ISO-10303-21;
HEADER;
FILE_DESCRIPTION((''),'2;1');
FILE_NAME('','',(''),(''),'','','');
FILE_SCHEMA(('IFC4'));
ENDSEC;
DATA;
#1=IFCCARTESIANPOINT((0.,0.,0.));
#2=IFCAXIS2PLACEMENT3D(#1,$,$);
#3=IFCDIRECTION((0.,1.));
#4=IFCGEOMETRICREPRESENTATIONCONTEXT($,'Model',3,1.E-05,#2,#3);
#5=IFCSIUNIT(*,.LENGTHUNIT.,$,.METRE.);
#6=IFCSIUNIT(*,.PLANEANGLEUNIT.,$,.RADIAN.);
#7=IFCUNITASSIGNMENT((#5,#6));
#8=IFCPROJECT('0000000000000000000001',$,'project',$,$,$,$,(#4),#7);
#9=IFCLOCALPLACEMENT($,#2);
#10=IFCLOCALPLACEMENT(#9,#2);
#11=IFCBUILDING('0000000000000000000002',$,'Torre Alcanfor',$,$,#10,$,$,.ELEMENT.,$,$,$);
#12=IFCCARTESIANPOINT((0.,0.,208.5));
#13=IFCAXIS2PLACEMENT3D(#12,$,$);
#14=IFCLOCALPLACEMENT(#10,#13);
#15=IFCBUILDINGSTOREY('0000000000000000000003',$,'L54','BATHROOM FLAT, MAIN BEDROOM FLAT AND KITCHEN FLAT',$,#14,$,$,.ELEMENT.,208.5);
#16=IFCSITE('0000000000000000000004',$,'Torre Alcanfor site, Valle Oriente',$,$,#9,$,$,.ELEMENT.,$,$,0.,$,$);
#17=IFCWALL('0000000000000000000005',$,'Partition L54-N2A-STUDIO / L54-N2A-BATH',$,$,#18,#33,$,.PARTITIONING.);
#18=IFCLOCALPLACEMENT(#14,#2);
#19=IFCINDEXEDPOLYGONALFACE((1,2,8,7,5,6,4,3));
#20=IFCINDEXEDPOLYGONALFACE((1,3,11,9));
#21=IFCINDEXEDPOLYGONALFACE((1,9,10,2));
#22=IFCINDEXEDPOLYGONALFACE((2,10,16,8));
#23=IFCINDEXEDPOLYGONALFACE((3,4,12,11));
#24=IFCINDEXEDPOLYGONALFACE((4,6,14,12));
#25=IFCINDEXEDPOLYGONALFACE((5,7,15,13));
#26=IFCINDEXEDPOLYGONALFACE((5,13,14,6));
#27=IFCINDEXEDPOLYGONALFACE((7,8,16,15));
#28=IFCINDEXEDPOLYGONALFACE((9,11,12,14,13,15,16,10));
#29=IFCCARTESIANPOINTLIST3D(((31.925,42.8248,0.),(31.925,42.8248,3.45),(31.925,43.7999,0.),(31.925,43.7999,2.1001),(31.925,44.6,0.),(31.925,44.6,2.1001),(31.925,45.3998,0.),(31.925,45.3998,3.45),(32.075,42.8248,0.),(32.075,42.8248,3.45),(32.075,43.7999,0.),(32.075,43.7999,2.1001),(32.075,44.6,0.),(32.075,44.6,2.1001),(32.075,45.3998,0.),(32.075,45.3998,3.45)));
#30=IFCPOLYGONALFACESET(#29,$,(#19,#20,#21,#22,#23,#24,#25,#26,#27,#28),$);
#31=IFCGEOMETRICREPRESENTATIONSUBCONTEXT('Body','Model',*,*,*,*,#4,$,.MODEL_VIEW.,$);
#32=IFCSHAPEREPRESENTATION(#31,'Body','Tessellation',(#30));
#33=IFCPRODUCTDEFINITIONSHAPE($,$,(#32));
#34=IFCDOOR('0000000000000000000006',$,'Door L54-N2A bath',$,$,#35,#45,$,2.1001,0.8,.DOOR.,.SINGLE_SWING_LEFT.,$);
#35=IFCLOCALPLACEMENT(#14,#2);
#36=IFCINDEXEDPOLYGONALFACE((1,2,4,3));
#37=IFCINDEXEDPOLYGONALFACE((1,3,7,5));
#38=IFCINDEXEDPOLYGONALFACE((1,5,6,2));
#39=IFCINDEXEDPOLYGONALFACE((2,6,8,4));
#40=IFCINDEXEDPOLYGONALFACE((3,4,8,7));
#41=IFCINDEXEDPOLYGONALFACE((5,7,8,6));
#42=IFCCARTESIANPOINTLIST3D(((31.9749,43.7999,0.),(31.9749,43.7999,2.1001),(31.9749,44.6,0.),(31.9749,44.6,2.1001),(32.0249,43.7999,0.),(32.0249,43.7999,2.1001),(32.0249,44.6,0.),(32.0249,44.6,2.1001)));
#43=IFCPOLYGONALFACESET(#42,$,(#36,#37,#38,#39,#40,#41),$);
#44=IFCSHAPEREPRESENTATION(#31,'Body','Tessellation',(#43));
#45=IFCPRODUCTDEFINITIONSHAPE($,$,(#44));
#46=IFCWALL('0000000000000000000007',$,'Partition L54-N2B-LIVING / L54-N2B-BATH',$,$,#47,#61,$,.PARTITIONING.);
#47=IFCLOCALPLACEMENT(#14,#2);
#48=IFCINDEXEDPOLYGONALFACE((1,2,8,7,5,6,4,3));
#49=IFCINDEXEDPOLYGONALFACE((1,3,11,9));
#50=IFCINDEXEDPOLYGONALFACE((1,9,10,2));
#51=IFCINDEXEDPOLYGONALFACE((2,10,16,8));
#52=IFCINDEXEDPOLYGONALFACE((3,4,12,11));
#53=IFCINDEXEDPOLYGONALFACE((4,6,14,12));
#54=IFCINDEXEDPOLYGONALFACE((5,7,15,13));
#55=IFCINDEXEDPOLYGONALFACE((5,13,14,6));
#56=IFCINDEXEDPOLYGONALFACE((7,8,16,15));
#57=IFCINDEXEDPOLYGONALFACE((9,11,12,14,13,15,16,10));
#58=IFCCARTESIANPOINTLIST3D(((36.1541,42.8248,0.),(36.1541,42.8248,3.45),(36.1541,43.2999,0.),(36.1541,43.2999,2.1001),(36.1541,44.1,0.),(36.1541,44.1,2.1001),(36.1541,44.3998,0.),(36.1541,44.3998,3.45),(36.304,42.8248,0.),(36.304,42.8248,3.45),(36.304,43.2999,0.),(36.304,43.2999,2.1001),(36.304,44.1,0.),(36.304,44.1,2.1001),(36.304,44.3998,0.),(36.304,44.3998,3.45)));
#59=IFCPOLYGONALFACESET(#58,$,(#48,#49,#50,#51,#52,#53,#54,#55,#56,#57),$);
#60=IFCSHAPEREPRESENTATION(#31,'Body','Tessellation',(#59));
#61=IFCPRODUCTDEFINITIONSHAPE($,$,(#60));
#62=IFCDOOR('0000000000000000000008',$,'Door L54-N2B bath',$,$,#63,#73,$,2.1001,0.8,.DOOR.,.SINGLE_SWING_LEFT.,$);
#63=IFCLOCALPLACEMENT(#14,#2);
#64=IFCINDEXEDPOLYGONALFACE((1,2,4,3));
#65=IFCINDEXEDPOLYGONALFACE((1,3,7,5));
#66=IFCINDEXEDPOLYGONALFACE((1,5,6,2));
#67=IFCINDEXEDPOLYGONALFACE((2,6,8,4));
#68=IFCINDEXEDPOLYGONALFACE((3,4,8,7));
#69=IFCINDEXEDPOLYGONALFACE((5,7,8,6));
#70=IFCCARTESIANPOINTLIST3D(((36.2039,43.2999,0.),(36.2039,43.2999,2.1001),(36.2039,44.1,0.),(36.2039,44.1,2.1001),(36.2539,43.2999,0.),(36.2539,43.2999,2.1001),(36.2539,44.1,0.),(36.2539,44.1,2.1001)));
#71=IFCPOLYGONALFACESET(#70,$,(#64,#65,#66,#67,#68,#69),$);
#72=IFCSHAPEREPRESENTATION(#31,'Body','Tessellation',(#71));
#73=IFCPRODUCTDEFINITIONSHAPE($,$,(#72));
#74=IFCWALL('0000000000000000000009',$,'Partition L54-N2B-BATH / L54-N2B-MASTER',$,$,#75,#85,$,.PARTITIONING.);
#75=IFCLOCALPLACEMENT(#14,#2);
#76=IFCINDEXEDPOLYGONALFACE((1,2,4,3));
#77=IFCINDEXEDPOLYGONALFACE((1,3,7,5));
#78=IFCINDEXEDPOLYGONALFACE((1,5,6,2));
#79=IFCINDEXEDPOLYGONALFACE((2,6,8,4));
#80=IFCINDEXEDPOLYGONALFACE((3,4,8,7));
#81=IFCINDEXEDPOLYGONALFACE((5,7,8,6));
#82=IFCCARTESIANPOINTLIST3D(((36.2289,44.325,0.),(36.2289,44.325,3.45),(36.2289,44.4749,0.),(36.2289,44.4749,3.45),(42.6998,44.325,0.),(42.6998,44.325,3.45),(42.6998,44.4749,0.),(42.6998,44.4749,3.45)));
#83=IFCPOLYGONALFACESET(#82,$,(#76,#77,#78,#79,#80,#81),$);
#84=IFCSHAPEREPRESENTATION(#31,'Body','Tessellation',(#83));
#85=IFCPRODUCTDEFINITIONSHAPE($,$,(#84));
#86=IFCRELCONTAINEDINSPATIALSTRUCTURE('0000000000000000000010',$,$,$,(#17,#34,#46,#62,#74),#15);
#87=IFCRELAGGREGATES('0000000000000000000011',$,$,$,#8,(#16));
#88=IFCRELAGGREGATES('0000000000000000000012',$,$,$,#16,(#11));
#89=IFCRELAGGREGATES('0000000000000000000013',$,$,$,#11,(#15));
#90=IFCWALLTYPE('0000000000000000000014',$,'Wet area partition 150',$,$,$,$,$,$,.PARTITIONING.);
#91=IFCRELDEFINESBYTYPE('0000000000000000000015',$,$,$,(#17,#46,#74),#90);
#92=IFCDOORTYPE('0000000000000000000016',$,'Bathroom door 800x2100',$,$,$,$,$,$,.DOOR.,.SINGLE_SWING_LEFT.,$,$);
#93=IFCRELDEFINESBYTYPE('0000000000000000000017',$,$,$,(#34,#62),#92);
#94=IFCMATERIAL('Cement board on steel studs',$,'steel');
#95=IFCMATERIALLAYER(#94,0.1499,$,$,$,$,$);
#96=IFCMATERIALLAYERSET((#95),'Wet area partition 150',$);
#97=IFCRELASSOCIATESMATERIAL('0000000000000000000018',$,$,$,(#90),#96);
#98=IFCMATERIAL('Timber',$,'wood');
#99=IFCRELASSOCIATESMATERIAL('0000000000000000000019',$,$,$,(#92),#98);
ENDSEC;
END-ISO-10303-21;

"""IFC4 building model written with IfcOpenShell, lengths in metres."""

from ifc_helpers import new_model, si_unit, direction, frame, frame_2d, origin, place, context, subcontext, project, spatial, rectangle, extrude, material, layer, layer_set, type_object, element, fill, save


model = new_model("IFC4")

# Units and contexts
model_context = context("Model", 3, precision=1e-05, world=origin(), true_north=direction((0.0, 1.0)))
body_context = subcontext(model_context, "Body", "Model", "MODEL_VIEW")
ifc_project = project(units=[si_unit("LENGTHUNIT", "METRE"), si_unit("PLANEANGLEUNIT", "RADIAN")], contexts=[model_context])

# Site, building, storey
site_placement = place(None, origin())
site = spatial("IfcSite", under=ifc_project, at=site_placement, Name="Torre Alcanfor site, Valle Oriente", CompositionType="ELEMENT", RefElevation=0.0)
building_placement = place(site_placement, origin())
building = spatial("IfcBuilding", under=site, at=building_placement, Name="Torre Alcanfor", CompositionType="ELEMENT")
storey_placement = place(building_placement, frame((0.0, 0.0, 208.5)))
storey = spatial("IfcBuildingStorey", under=building, at=storey_placement, Name="L54", Description="BATHROOM FLAT, MAIN BEDROOM FLAT AND KITCHEN FLAT", CompositionType="ELEMENT", Elevation=208.5)

# Shared definitions
ifc_material_1 = material(Name="Cement board on steel studs", Category="steel")
ifc_layer_1 = layer(ifc_material_1, 0.1499)
ifc_layer_set_1 = layer_set([ifc_layer_1], Name="Wet area partition 150")
wall_type_1 = type_object("IfcWallType", Name="Wet area partition 150", PredefinedType="PARTITIONING", material=ifc_layer_set_1)

# Walls, openings, doors
wall_1_placement = place(storey_placement, frame((32.0, 45.3999, 0.0), z_axis=(0.0, 0.0, 1.0), x_axis=(0.0, -1.0, 0.0)))
wall_1 = element("IfcWall", 1, at=wall_1_placement, inside=storey, type_object=wall_type_1, Name="Partition L54-N2A-STUDIO / L54-N2A-BATH", PredefinedType="PARTITIONING", context=body_context, shape_type="SweptSolid", body=[
    extrude(rectangle(XDim=2.575, YDim=0.1499, at=frame_2d((1.2876, 0.0))), origin(), (0.0, 0.0, 1.0), 3.45),
])
opening_1_placement = place(wall_1_placement, frame((0.8, 0.0, 0.0)))
opening_1 = element("IfcOpeningElement", 2, at=opening_1_placement, cuts=wall_1, PredefinedType="OPENING", context=body_context, shape_type="SweptSolid", body=[
    extrude(rectangle(XDim=0.8, YDim=2.1001, at=frame_2d((0.3999, 1.05))), frame((0.0, 0.085, 0.0), z_axis=(0.0, -1.0, 0.0), x_axis=(1.0, 0.0, 0.0)), (0.0, 0.0, 1.0), 0.1699),
])
ifc_material_2 = material(Name="Timber", Category="wood")
door_type_1 = type_object("IfcDoorType", Name="Bathroom door 800x2100", OperationType="SINGLE_SWING_LEFT", PredefinedType="DOOR", material=ifc_material_2)
door_1_placement = place(opening_1_placement, origin())
door_1 = element("IfcDoor", 3, at=door_1_placement, inside=storey, type_object=door_type_1, Name="Door L54-N2A bath", OperationType="SINGLE_SWING_LEFT", OverallHeight=2.1001, OverallWidth=0.8, PredefinedType="DOOR", context=body_context, shape_type="SweptSolid", body=[
    extrude(rectangle(XDim=0.8, YDim=2.1001, at=frame_2d((0.3999, 1.05))), frame((0.0, 0.0249, 0.0), z_axis=(0.0, -1.0, 0.0), x_axis=(1.0, 0.0, 0.0)), (0.0, 0.0, 1.0), 0.05),
])
fill(opening_1, door_1)
wall_2_placement = place(storey_placement, frame((36.229, 44.3999, 0.0), z_axis=(0.0, 0.0, 1.0), x_axis=(0.0, -1.0, 0.0)))
wall_2 = element("IfcWall", 4, at=wall_2_placement, inside=storey, type_object=wall_type_1, Name="Partition L54-N2B-LIVING / L54-N2B-BATH", PredefinedType="PARTITIONING", context=body_context, shape_type="SweptSolid", body=[
    extrude(rectangle(XDim=1.575, YDim=0.1499, at=frame_2d((0.7876, 0.0))), origin(), (0.0, 0.0, 1.0), 3.45),
])
opening_2_placement = place(wall_2_placement, frame((0.3, 0.0, 0.0)))
opening_2 = element("IfcOpeningElement", 5, at=opening_2_placement, cuts=wall_2, PredefinedType="OPENING", context=body_context, shape_type="SweptSolid", body=[
    extrude(rectangle(XDim=0.8, YDim=2.1001, at=frame_2d((0.3999, 1.05))), frame((0.0, 0.085, 0.0), z_axis=(0.0, -1.0, 0.0), x_axis=(1.0, 0.0, 0.0)), (0.0, 0.0, 1.0), 0.1699),
])
door_2_placement = place(opening_2_placement, origin())
door_2 = element("IfcDoor", 6, at=door_2_placement, inside=storey, type_object=door_type_1, Name="Door L54-N2B bath", OperationType="SINGLE_SWING_LEFT", OverallHeight=2.1001, OverallWidth=0.8, PredefinedType="DOOR", context=body_context, shape_type="SweptSolid", body=[
    extrude(rectangle(XDim=0.8, YDim=2.1001, at=frame_2d((0.3999, 1.05))), frame((0.0, 0.0249, 0.0), z_axis=(0.0, -1.0, 0.0), x_axis=(1.0, 0.0, 0.0)), (0.0, 0.0, 1.0), 0.05),
])
fill(opening_2, door_2)

# Wall
wall_3_placement = place(storey_placement, frame((36.229, 44.3999, 0.0), z_axis=(0.0, 0.0, 1.0), x_axis=(1.0, 0.0, 0.0)))
element("IfcWall", 7, at=wall_3_placement, inside=storey, type_object=wall_type_1, Name="Partition L54-N2B-BATH / L54-N2B-MASTER", PredefinedType="PARTITIONING", context=body_context, shape_type="SweptSolid", body=[
    extrude(rectangle(XDim=6.4709, YDim=0.1499, at=frame_2d((3.2354, 0.0))), origin(), (0.0, 0.0, 1.0), 3.45),
])

save(model, "model.ifc")
